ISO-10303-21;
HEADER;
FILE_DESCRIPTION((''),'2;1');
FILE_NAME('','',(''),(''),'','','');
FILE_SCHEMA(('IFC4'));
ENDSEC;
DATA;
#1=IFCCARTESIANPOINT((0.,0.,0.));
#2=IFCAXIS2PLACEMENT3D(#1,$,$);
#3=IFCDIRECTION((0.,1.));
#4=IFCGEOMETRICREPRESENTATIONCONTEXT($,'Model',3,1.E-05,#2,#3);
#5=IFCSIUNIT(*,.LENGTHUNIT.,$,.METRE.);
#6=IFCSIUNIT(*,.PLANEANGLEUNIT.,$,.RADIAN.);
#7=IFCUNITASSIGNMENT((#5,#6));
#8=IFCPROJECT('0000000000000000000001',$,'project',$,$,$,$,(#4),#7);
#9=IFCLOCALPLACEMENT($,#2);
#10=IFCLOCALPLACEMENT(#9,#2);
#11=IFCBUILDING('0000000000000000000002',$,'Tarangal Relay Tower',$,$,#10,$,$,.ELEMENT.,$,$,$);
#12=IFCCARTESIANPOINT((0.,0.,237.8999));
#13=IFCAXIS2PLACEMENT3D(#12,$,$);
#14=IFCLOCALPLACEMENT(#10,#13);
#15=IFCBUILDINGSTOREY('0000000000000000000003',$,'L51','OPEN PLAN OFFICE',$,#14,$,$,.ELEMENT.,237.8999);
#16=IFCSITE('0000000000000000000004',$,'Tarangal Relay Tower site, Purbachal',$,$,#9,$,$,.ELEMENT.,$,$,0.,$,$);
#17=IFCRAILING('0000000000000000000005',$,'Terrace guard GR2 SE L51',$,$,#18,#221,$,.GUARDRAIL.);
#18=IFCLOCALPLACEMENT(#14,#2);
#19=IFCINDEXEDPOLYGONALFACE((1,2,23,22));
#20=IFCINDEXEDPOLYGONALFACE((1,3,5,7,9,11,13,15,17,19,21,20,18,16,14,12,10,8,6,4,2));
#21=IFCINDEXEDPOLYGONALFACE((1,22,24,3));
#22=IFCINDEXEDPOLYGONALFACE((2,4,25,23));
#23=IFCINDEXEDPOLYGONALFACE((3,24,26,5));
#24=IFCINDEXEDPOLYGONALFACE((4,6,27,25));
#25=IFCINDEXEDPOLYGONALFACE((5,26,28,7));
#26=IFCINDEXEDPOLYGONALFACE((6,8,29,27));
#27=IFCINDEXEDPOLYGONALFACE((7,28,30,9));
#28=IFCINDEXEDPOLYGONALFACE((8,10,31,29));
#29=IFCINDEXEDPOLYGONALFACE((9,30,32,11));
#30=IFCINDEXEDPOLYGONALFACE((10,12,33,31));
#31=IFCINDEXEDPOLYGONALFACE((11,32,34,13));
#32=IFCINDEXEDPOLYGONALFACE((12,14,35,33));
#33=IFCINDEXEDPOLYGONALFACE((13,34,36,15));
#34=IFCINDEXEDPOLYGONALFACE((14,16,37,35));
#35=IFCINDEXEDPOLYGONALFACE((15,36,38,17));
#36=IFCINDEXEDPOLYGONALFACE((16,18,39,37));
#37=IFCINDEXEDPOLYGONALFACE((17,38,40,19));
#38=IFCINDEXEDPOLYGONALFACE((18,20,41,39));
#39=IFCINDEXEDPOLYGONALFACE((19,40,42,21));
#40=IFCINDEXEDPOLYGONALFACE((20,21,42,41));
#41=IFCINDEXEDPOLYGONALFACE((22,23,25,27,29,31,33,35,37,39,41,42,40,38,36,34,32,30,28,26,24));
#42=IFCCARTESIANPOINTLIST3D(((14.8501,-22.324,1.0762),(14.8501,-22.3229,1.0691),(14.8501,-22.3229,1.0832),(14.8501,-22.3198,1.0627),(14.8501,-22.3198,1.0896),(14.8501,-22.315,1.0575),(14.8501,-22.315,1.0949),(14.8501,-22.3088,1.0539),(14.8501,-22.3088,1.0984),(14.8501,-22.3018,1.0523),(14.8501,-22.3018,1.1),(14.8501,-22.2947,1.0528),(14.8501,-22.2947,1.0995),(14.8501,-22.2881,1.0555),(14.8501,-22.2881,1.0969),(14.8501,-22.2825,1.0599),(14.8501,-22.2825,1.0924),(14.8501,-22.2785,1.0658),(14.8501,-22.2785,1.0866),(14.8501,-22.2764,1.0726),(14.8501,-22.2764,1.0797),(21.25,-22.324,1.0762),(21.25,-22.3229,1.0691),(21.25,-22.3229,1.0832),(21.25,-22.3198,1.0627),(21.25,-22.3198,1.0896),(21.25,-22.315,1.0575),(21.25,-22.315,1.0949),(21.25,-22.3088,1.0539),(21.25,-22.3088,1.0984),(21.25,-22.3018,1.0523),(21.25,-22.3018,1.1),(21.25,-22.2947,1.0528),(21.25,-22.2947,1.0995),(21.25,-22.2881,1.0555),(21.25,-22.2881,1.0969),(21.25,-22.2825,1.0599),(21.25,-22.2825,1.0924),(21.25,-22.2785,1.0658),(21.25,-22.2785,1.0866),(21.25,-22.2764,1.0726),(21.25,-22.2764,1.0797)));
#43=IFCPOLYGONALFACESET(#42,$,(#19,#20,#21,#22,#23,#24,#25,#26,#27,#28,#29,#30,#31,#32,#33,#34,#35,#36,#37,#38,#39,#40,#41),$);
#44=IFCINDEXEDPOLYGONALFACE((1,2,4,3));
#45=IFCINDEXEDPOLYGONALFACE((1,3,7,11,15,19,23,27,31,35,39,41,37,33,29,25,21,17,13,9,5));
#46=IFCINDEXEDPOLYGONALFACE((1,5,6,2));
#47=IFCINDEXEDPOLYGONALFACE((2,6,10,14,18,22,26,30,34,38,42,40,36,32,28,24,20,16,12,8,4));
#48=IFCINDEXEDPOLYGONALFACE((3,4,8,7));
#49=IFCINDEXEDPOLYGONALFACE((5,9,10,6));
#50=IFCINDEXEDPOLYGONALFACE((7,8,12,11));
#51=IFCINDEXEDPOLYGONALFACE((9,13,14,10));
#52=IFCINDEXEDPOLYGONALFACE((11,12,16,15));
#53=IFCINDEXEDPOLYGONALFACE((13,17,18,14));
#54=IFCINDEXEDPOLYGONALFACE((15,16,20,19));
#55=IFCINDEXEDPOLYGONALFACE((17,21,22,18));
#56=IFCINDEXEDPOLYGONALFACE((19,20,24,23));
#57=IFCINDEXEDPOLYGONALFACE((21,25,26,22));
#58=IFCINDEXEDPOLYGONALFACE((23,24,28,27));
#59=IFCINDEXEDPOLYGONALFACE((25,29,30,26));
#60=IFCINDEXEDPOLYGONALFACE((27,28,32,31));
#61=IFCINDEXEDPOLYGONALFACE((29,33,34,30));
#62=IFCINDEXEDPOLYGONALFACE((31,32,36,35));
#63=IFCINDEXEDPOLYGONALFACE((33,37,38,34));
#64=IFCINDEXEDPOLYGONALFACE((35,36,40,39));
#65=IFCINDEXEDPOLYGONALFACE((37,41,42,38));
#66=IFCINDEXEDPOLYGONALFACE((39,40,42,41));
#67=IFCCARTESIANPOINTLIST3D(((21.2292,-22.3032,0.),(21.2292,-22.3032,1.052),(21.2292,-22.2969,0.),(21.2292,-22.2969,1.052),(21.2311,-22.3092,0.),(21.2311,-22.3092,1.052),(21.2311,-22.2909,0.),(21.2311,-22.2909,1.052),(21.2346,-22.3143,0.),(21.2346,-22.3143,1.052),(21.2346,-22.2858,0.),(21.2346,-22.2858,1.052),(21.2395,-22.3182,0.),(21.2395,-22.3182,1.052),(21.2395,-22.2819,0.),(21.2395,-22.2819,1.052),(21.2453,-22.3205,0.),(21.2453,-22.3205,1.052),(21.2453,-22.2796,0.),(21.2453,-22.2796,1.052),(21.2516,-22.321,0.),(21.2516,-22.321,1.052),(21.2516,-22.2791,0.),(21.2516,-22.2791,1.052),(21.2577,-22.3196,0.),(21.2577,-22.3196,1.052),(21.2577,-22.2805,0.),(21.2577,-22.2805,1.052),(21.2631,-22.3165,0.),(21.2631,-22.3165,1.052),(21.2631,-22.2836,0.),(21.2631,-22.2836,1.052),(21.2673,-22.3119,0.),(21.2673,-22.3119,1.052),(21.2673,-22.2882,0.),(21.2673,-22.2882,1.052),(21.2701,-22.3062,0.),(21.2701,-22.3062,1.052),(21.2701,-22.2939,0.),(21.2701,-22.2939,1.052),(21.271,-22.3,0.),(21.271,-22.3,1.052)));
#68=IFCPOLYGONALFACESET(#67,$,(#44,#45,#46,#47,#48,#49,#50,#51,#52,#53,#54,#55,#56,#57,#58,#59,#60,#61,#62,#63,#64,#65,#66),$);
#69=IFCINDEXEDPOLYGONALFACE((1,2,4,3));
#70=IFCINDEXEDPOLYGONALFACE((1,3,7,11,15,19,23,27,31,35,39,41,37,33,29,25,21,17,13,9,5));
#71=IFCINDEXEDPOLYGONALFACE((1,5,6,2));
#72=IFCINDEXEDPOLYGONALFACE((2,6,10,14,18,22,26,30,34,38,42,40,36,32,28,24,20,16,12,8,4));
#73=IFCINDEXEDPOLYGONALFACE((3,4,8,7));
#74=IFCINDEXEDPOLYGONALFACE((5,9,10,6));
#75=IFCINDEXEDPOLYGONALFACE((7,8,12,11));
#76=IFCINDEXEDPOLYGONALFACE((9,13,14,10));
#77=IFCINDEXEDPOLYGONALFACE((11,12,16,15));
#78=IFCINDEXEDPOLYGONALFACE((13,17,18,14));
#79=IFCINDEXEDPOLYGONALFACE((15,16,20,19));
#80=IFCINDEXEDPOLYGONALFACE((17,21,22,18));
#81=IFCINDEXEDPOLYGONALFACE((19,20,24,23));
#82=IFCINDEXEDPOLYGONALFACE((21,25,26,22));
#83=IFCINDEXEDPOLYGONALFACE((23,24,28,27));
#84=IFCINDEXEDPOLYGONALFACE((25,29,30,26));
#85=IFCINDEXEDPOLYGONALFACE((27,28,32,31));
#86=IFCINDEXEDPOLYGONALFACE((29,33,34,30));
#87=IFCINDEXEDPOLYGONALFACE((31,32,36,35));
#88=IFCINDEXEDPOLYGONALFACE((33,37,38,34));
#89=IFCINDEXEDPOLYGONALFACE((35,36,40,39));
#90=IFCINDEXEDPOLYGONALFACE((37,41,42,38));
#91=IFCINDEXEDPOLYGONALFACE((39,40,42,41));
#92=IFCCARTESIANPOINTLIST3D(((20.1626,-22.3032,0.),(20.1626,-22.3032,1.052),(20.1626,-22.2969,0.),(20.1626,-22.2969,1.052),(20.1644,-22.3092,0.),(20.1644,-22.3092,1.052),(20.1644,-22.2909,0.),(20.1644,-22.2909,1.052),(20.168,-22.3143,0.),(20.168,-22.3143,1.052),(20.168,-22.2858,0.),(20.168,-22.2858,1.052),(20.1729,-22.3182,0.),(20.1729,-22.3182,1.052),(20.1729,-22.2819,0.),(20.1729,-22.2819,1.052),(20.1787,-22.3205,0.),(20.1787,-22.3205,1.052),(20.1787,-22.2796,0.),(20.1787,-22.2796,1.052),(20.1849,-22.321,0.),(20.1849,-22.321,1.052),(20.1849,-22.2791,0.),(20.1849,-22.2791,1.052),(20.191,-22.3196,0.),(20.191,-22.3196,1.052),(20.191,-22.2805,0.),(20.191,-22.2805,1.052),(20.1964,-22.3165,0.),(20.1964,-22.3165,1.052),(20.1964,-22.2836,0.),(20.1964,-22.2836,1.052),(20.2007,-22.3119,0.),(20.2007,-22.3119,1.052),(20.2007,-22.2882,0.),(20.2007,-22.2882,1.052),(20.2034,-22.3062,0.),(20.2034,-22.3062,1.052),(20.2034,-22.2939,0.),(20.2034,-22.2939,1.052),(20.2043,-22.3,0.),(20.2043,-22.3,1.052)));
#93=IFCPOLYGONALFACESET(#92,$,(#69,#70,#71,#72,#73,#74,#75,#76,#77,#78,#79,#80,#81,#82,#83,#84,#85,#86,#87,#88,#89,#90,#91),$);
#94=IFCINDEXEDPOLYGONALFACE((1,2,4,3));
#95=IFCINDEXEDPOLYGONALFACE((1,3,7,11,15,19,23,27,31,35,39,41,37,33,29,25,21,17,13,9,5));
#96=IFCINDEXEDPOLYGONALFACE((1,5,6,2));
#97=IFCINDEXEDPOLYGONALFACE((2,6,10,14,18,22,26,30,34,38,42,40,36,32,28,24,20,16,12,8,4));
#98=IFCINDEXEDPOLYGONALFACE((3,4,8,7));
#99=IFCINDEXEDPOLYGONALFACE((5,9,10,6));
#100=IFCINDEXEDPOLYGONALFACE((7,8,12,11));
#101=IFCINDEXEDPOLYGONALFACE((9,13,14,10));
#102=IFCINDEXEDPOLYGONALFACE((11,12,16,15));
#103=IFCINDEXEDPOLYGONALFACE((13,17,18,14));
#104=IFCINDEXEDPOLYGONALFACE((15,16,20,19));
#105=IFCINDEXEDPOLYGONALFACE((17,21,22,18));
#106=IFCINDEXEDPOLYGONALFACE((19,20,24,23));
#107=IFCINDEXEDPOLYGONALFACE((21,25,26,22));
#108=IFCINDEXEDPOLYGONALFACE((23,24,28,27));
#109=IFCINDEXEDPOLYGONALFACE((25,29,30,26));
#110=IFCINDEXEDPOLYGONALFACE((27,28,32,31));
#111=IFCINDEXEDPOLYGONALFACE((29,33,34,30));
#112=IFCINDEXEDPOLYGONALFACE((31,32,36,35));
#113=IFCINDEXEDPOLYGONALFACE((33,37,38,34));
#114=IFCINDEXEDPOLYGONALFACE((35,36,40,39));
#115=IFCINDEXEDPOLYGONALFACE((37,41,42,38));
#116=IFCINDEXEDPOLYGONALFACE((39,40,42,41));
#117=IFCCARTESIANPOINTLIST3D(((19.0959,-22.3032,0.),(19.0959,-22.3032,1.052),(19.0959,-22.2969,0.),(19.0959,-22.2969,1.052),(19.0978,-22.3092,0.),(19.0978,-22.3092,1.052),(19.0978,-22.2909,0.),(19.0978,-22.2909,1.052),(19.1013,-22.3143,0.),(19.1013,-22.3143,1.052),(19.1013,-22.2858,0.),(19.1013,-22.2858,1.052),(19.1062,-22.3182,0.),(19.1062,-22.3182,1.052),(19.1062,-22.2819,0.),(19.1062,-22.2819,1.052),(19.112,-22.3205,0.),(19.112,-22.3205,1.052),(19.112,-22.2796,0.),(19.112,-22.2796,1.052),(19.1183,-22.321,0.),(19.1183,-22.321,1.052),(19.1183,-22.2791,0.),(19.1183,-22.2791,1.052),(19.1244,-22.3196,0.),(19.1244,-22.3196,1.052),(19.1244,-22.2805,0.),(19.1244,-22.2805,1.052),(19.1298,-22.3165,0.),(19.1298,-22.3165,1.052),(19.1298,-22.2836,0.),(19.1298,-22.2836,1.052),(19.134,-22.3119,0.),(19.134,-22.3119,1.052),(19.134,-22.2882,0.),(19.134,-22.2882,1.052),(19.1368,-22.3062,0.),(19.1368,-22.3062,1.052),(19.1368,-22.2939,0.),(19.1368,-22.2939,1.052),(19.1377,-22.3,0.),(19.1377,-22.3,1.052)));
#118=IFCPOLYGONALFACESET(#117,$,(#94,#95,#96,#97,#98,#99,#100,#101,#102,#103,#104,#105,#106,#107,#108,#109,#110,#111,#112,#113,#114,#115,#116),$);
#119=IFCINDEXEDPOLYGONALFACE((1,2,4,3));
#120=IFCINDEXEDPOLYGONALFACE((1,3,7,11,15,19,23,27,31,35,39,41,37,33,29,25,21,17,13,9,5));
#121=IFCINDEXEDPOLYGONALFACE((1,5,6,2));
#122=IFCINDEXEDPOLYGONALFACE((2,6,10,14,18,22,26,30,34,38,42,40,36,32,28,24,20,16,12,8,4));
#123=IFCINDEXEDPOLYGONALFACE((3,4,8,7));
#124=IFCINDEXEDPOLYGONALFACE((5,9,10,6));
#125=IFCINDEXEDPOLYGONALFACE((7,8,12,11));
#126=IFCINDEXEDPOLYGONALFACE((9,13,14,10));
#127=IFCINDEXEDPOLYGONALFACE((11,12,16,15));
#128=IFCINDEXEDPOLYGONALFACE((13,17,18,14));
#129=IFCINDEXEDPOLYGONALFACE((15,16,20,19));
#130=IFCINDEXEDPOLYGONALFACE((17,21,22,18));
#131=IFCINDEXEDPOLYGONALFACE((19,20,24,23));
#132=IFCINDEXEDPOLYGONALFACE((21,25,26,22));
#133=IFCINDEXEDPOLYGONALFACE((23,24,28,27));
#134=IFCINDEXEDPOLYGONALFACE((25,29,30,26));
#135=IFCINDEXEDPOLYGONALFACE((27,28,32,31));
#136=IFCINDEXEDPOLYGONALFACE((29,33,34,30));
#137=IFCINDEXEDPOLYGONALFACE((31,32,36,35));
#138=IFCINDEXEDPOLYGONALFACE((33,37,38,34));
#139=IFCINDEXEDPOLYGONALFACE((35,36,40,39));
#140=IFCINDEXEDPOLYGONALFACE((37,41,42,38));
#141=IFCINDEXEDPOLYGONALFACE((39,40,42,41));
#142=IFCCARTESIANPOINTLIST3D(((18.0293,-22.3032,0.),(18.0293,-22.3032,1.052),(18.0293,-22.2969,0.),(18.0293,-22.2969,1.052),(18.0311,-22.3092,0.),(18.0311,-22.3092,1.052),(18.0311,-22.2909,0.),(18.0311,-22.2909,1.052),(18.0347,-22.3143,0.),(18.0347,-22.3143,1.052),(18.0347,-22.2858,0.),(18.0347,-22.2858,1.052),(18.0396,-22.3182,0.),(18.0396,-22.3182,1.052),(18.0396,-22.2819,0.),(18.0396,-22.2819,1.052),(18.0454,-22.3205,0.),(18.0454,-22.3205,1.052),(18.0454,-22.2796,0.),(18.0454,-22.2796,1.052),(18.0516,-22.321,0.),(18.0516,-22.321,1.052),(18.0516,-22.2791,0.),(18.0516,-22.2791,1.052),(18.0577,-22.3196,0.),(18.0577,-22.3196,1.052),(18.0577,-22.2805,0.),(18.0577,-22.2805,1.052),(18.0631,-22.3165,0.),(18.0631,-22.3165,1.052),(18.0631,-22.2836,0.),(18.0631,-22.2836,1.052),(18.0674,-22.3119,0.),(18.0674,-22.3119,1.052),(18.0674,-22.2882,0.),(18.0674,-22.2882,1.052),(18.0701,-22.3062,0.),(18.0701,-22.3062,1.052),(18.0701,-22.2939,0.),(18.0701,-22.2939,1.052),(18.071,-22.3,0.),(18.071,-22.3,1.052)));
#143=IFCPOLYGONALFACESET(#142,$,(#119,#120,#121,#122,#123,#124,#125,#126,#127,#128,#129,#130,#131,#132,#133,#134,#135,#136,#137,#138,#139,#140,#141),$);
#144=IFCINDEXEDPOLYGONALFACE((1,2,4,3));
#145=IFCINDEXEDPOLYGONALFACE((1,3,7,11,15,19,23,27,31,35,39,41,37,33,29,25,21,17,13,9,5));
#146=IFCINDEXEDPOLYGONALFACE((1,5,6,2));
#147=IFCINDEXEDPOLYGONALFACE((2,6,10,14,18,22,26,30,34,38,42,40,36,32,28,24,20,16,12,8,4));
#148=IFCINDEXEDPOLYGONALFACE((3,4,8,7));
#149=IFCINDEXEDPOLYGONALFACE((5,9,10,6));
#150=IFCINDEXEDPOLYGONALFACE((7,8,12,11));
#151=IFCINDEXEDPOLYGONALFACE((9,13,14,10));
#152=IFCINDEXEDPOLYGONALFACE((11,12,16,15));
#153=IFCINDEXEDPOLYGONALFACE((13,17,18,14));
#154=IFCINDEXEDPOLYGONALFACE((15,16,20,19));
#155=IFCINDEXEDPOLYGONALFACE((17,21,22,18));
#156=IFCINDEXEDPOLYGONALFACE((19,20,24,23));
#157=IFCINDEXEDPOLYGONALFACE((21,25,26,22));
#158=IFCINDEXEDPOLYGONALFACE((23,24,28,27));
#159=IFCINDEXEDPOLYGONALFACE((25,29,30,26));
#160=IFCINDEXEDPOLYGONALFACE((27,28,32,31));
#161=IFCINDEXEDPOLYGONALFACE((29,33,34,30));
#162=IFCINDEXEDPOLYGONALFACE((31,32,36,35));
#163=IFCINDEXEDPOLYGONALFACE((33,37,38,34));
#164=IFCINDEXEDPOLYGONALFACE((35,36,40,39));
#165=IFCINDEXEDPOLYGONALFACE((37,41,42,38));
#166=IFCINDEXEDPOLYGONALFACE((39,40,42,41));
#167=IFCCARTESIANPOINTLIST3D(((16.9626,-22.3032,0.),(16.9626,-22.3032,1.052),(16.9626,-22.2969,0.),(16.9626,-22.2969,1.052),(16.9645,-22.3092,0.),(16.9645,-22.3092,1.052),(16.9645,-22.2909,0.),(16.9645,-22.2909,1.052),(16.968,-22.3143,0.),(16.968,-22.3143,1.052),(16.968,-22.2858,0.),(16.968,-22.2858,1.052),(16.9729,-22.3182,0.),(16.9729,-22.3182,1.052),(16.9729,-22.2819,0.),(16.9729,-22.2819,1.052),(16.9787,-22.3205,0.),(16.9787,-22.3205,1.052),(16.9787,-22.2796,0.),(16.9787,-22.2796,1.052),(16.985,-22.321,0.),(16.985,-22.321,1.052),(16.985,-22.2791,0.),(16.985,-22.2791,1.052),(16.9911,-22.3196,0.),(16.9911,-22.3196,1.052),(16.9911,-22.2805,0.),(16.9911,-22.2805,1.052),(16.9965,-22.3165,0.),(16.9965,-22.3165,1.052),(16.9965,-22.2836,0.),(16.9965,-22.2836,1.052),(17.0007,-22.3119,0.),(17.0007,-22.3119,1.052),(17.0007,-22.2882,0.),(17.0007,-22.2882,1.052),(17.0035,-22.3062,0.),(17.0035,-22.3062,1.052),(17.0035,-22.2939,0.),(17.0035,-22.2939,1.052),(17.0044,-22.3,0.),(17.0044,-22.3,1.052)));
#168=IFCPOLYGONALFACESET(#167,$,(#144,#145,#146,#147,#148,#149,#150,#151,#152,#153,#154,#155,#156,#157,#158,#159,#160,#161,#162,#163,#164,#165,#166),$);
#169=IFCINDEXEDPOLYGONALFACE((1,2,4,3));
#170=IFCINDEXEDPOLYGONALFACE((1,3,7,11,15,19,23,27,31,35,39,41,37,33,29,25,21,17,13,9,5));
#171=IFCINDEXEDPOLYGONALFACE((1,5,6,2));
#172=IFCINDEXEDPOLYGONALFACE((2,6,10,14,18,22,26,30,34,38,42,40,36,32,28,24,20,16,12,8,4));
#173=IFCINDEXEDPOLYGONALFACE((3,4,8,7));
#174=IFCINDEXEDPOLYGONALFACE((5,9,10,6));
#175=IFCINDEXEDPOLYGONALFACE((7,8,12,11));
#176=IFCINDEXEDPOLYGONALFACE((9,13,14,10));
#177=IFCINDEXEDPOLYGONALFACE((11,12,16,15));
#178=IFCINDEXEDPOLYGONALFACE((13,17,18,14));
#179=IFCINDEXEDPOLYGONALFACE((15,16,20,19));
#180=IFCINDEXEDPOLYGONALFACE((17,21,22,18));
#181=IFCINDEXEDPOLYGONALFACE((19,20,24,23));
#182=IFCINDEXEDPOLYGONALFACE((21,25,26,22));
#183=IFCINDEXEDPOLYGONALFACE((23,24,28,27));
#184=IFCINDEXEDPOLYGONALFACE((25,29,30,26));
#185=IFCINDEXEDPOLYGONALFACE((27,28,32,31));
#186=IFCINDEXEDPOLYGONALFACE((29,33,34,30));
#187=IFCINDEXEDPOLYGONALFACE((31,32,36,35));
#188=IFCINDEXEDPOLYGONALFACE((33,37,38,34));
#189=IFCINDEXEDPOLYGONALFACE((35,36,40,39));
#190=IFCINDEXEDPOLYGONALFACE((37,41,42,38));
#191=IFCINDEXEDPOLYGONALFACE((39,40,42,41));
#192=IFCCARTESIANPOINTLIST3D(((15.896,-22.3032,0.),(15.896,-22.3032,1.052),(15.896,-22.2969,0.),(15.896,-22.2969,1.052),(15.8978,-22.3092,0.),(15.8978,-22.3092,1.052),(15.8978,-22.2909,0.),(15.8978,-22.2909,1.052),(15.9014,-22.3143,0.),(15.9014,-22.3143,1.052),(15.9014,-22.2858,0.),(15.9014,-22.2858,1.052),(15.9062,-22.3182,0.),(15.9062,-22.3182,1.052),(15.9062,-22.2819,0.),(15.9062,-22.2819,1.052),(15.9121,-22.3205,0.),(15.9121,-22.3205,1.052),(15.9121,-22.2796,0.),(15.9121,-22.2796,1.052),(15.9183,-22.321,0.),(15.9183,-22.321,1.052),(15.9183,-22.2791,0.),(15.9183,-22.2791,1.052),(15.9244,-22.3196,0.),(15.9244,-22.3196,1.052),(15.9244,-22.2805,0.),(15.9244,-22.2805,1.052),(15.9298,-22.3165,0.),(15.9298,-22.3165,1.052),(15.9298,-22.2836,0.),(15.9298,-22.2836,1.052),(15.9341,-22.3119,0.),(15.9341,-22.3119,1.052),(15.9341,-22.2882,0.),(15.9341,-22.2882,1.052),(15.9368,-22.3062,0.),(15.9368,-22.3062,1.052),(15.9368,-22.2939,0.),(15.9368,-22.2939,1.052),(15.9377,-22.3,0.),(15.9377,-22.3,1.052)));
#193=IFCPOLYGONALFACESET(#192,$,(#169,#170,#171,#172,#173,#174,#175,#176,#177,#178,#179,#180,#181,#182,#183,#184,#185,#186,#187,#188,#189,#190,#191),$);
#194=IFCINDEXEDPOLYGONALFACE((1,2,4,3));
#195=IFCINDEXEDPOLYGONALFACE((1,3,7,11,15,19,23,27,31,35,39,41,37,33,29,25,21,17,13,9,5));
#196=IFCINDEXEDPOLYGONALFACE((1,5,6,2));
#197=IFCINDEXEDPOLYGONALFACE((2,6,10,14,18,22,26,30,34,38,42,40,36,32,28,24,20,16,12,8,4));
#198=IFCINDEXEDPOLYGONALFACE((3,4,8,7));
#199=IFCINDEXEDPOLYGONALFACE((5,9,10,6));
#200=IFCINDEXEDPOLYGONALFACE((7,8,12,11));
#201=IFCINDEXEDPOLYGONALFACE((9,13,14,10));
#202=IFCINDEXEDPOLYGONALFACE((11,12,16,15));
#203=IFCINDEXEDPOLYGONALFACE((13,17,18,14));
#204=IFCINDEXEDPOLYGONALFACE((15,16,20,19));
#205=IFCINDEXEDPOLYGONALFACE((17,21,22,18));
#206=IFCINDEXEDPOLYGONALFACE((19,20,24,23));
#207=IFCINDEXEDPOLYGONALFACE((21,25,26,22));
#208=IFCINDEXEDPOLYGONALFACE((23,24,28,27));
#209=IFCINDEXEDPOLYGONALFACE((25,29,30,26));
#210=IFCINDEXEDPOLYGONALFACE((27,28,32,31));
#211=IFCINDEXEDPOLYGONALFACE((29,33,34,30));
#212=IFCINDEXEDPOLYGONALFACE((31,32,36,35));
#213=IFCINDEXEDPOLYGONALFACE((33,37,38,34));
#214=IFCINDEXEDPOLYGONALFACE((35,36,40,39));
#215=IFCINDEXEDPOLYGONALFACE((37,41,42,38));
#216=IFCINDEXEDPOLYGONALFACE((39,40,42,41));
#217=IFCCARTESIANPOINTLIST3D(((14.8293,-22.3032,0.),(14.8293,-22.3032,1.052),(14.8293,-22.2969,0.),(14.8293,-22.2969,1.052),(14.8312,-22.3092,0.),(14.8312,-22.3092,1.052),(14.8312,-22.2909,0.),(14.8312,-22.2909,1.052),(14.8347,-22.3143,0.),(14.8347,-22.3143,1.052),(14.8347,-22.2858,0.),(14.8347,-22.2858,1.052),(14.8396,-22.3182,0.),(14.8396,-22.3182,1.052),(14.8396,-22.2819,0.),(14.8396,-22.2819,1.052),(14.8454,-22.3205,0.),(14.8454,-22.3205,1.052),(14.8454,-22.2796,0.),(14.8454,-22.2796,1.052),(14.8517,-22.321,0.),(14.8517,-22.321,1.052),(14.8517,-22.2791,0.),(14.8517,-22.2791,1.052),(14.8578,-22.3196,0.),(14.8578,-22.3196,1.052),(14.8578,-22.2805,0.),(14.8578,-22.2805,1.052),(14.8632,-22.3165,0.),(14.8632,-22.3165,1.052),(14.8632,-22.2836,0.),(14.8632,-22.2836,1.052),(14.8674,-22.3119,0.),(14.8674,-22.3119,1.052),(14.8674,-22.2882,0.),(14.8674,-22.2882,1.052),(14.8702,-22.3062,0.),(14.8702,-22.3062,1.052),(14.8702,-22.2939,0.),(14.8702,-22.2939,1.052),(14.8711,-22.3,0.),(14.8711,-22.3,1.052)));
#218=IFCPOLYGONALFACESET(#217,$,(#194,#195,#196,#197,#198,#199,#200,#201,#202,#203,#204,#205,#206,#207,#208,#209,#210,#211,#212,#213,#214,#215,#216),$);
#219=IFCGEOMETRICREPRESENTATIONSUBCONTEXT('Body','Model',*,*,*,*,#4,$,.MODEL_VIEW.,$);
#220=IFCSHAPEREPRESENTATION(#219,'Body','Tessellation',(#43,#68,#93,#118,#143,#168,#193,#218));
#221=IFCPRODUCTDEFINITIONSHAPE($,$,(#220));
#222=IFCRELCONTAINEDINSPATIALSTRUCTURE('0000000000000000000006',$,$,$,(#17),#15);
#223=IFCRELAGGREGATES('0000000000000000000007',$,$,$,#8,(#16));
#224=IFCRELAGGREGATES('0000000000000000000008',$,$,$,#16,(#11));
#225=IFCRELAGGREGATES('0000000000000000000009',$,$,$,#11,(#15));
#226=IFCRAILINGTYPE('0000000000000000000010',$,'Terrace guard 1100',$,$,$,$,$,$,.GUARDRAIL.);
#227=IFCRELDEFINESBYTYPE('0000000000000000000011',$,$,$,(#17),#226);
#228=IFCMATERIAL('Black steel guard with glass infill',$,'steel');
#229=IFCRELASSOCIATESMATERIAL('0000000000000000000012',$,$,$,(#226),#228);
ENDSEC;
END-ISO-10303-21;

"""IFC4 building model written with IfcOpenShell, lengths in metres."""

from ifc_helpers import new_model, si_unit, direction, frame, origin, origin_2d, place, context, subcontext, project, spatial, circle, extrude, material, type_object, element, save


model = new_model("IFC4")

# Units and contexts
model_context = context("Model", 3, precision=1e-05, world=origin(), true_north=direction((0.0, 1.0)))
body_context = subcontext(model_context, "Body", "Model", "MODEL_VIEW")
ifc_project = project(units=[si_unit("LENGTHUNIT", "METRE"), si_unit("PLANEANGLEUNIT", "RADIAN")], contexts=[model_context])

# Site, building, storey
site_placement = place(None, origin())
site = spatial("IfcSite", under=ifc_project, at=site_placement, Name="Tarangal Relay Tower site, Purbachal", CompositionType="ELEMENT", RefElevation=0.0)
building_placement = place(site_placement, origin())
building = spatial("IfcBuilding", under=site, at=building_placement, Name="Tarangal Relay Tower", CompositionType="ELEMENT")
storey_placement = place(building_placement, frame((0.0, 0.0, 237.8999)))
storey = spatial("IfcBuildingStorey", under=building, at=storey_placement, Name="L51", Description="OPEN PLAN OFFICE", CompositionType="ELEMENT", Elevation=237.8999)

# Railing
ifc_material_1 = material(Name="Black steel guard with glass infill", Category="steel")
railing_type = type_object("IfcRailingType", Name="Terrace guard 1100", PredefinedType="GUARDRAIL", material=ifc_material_1)
railing_1_placement = place(storey_placement, frame((21.25, -22.3, 0.0)))
element("IfcRailing", 1, at=railing_1_placement, inside=storey, type_object=railing_type, Name="Terrace guard GR2 SE L51", PredefinedType="GUARDRAIL", context=body_context, shape_type="SweptSolid", body=[
    extrude(circle(Radius=0.0239, at=origin_2d()), frame((0.0, 0.0, 1.0762), z_axis=(-1.0, 0.0, 0.0), x_axis=(0.0, -1.0, 0.0)), (0.0, 0.0, 1.0), 6.3999),
    extrude(circle(Radius=0.021, at=origin_2d()), origin(), (0.0, 0.0, 1.0), 1.052),
    extrude(circle(Radius=0.021, at=origin_2d()), frame((-1.0667, 0.0, 0.0)), (0.0, 0.0, 1.0), 1.052),
    extrude(circle(Radius=0.021, at=origin_2d()), frame((-2.1333, 0.0, 0.0)), (0.0, 0.0, 1.0), 1.052),
    extrude(circle(Radius=0.021, at=origin_2d()), frame((-3.2, 0.0, 0.0)), (0.0, 0.0, 1.0), 1.052),
    extrude(circle(Radius=0.021, at=origin_2d()), frame((-4.2666, 0.0, 0.0)), (0.0, 0.0, 1.0), 1.052),
    extrude(circle(Radius=0.021, at=origin_2d()), frame((-5.3333, 0.0, 0.0)), (0.0, 0.0, 1.0), 1.052),
    extrude(circle(Radius=0.021, at=origin_2d()), frame((-6.3999, 0.0, 0.0)), (0.0, 0.0, 1.0), 1.052),
])

save(model, "model.ifc")
